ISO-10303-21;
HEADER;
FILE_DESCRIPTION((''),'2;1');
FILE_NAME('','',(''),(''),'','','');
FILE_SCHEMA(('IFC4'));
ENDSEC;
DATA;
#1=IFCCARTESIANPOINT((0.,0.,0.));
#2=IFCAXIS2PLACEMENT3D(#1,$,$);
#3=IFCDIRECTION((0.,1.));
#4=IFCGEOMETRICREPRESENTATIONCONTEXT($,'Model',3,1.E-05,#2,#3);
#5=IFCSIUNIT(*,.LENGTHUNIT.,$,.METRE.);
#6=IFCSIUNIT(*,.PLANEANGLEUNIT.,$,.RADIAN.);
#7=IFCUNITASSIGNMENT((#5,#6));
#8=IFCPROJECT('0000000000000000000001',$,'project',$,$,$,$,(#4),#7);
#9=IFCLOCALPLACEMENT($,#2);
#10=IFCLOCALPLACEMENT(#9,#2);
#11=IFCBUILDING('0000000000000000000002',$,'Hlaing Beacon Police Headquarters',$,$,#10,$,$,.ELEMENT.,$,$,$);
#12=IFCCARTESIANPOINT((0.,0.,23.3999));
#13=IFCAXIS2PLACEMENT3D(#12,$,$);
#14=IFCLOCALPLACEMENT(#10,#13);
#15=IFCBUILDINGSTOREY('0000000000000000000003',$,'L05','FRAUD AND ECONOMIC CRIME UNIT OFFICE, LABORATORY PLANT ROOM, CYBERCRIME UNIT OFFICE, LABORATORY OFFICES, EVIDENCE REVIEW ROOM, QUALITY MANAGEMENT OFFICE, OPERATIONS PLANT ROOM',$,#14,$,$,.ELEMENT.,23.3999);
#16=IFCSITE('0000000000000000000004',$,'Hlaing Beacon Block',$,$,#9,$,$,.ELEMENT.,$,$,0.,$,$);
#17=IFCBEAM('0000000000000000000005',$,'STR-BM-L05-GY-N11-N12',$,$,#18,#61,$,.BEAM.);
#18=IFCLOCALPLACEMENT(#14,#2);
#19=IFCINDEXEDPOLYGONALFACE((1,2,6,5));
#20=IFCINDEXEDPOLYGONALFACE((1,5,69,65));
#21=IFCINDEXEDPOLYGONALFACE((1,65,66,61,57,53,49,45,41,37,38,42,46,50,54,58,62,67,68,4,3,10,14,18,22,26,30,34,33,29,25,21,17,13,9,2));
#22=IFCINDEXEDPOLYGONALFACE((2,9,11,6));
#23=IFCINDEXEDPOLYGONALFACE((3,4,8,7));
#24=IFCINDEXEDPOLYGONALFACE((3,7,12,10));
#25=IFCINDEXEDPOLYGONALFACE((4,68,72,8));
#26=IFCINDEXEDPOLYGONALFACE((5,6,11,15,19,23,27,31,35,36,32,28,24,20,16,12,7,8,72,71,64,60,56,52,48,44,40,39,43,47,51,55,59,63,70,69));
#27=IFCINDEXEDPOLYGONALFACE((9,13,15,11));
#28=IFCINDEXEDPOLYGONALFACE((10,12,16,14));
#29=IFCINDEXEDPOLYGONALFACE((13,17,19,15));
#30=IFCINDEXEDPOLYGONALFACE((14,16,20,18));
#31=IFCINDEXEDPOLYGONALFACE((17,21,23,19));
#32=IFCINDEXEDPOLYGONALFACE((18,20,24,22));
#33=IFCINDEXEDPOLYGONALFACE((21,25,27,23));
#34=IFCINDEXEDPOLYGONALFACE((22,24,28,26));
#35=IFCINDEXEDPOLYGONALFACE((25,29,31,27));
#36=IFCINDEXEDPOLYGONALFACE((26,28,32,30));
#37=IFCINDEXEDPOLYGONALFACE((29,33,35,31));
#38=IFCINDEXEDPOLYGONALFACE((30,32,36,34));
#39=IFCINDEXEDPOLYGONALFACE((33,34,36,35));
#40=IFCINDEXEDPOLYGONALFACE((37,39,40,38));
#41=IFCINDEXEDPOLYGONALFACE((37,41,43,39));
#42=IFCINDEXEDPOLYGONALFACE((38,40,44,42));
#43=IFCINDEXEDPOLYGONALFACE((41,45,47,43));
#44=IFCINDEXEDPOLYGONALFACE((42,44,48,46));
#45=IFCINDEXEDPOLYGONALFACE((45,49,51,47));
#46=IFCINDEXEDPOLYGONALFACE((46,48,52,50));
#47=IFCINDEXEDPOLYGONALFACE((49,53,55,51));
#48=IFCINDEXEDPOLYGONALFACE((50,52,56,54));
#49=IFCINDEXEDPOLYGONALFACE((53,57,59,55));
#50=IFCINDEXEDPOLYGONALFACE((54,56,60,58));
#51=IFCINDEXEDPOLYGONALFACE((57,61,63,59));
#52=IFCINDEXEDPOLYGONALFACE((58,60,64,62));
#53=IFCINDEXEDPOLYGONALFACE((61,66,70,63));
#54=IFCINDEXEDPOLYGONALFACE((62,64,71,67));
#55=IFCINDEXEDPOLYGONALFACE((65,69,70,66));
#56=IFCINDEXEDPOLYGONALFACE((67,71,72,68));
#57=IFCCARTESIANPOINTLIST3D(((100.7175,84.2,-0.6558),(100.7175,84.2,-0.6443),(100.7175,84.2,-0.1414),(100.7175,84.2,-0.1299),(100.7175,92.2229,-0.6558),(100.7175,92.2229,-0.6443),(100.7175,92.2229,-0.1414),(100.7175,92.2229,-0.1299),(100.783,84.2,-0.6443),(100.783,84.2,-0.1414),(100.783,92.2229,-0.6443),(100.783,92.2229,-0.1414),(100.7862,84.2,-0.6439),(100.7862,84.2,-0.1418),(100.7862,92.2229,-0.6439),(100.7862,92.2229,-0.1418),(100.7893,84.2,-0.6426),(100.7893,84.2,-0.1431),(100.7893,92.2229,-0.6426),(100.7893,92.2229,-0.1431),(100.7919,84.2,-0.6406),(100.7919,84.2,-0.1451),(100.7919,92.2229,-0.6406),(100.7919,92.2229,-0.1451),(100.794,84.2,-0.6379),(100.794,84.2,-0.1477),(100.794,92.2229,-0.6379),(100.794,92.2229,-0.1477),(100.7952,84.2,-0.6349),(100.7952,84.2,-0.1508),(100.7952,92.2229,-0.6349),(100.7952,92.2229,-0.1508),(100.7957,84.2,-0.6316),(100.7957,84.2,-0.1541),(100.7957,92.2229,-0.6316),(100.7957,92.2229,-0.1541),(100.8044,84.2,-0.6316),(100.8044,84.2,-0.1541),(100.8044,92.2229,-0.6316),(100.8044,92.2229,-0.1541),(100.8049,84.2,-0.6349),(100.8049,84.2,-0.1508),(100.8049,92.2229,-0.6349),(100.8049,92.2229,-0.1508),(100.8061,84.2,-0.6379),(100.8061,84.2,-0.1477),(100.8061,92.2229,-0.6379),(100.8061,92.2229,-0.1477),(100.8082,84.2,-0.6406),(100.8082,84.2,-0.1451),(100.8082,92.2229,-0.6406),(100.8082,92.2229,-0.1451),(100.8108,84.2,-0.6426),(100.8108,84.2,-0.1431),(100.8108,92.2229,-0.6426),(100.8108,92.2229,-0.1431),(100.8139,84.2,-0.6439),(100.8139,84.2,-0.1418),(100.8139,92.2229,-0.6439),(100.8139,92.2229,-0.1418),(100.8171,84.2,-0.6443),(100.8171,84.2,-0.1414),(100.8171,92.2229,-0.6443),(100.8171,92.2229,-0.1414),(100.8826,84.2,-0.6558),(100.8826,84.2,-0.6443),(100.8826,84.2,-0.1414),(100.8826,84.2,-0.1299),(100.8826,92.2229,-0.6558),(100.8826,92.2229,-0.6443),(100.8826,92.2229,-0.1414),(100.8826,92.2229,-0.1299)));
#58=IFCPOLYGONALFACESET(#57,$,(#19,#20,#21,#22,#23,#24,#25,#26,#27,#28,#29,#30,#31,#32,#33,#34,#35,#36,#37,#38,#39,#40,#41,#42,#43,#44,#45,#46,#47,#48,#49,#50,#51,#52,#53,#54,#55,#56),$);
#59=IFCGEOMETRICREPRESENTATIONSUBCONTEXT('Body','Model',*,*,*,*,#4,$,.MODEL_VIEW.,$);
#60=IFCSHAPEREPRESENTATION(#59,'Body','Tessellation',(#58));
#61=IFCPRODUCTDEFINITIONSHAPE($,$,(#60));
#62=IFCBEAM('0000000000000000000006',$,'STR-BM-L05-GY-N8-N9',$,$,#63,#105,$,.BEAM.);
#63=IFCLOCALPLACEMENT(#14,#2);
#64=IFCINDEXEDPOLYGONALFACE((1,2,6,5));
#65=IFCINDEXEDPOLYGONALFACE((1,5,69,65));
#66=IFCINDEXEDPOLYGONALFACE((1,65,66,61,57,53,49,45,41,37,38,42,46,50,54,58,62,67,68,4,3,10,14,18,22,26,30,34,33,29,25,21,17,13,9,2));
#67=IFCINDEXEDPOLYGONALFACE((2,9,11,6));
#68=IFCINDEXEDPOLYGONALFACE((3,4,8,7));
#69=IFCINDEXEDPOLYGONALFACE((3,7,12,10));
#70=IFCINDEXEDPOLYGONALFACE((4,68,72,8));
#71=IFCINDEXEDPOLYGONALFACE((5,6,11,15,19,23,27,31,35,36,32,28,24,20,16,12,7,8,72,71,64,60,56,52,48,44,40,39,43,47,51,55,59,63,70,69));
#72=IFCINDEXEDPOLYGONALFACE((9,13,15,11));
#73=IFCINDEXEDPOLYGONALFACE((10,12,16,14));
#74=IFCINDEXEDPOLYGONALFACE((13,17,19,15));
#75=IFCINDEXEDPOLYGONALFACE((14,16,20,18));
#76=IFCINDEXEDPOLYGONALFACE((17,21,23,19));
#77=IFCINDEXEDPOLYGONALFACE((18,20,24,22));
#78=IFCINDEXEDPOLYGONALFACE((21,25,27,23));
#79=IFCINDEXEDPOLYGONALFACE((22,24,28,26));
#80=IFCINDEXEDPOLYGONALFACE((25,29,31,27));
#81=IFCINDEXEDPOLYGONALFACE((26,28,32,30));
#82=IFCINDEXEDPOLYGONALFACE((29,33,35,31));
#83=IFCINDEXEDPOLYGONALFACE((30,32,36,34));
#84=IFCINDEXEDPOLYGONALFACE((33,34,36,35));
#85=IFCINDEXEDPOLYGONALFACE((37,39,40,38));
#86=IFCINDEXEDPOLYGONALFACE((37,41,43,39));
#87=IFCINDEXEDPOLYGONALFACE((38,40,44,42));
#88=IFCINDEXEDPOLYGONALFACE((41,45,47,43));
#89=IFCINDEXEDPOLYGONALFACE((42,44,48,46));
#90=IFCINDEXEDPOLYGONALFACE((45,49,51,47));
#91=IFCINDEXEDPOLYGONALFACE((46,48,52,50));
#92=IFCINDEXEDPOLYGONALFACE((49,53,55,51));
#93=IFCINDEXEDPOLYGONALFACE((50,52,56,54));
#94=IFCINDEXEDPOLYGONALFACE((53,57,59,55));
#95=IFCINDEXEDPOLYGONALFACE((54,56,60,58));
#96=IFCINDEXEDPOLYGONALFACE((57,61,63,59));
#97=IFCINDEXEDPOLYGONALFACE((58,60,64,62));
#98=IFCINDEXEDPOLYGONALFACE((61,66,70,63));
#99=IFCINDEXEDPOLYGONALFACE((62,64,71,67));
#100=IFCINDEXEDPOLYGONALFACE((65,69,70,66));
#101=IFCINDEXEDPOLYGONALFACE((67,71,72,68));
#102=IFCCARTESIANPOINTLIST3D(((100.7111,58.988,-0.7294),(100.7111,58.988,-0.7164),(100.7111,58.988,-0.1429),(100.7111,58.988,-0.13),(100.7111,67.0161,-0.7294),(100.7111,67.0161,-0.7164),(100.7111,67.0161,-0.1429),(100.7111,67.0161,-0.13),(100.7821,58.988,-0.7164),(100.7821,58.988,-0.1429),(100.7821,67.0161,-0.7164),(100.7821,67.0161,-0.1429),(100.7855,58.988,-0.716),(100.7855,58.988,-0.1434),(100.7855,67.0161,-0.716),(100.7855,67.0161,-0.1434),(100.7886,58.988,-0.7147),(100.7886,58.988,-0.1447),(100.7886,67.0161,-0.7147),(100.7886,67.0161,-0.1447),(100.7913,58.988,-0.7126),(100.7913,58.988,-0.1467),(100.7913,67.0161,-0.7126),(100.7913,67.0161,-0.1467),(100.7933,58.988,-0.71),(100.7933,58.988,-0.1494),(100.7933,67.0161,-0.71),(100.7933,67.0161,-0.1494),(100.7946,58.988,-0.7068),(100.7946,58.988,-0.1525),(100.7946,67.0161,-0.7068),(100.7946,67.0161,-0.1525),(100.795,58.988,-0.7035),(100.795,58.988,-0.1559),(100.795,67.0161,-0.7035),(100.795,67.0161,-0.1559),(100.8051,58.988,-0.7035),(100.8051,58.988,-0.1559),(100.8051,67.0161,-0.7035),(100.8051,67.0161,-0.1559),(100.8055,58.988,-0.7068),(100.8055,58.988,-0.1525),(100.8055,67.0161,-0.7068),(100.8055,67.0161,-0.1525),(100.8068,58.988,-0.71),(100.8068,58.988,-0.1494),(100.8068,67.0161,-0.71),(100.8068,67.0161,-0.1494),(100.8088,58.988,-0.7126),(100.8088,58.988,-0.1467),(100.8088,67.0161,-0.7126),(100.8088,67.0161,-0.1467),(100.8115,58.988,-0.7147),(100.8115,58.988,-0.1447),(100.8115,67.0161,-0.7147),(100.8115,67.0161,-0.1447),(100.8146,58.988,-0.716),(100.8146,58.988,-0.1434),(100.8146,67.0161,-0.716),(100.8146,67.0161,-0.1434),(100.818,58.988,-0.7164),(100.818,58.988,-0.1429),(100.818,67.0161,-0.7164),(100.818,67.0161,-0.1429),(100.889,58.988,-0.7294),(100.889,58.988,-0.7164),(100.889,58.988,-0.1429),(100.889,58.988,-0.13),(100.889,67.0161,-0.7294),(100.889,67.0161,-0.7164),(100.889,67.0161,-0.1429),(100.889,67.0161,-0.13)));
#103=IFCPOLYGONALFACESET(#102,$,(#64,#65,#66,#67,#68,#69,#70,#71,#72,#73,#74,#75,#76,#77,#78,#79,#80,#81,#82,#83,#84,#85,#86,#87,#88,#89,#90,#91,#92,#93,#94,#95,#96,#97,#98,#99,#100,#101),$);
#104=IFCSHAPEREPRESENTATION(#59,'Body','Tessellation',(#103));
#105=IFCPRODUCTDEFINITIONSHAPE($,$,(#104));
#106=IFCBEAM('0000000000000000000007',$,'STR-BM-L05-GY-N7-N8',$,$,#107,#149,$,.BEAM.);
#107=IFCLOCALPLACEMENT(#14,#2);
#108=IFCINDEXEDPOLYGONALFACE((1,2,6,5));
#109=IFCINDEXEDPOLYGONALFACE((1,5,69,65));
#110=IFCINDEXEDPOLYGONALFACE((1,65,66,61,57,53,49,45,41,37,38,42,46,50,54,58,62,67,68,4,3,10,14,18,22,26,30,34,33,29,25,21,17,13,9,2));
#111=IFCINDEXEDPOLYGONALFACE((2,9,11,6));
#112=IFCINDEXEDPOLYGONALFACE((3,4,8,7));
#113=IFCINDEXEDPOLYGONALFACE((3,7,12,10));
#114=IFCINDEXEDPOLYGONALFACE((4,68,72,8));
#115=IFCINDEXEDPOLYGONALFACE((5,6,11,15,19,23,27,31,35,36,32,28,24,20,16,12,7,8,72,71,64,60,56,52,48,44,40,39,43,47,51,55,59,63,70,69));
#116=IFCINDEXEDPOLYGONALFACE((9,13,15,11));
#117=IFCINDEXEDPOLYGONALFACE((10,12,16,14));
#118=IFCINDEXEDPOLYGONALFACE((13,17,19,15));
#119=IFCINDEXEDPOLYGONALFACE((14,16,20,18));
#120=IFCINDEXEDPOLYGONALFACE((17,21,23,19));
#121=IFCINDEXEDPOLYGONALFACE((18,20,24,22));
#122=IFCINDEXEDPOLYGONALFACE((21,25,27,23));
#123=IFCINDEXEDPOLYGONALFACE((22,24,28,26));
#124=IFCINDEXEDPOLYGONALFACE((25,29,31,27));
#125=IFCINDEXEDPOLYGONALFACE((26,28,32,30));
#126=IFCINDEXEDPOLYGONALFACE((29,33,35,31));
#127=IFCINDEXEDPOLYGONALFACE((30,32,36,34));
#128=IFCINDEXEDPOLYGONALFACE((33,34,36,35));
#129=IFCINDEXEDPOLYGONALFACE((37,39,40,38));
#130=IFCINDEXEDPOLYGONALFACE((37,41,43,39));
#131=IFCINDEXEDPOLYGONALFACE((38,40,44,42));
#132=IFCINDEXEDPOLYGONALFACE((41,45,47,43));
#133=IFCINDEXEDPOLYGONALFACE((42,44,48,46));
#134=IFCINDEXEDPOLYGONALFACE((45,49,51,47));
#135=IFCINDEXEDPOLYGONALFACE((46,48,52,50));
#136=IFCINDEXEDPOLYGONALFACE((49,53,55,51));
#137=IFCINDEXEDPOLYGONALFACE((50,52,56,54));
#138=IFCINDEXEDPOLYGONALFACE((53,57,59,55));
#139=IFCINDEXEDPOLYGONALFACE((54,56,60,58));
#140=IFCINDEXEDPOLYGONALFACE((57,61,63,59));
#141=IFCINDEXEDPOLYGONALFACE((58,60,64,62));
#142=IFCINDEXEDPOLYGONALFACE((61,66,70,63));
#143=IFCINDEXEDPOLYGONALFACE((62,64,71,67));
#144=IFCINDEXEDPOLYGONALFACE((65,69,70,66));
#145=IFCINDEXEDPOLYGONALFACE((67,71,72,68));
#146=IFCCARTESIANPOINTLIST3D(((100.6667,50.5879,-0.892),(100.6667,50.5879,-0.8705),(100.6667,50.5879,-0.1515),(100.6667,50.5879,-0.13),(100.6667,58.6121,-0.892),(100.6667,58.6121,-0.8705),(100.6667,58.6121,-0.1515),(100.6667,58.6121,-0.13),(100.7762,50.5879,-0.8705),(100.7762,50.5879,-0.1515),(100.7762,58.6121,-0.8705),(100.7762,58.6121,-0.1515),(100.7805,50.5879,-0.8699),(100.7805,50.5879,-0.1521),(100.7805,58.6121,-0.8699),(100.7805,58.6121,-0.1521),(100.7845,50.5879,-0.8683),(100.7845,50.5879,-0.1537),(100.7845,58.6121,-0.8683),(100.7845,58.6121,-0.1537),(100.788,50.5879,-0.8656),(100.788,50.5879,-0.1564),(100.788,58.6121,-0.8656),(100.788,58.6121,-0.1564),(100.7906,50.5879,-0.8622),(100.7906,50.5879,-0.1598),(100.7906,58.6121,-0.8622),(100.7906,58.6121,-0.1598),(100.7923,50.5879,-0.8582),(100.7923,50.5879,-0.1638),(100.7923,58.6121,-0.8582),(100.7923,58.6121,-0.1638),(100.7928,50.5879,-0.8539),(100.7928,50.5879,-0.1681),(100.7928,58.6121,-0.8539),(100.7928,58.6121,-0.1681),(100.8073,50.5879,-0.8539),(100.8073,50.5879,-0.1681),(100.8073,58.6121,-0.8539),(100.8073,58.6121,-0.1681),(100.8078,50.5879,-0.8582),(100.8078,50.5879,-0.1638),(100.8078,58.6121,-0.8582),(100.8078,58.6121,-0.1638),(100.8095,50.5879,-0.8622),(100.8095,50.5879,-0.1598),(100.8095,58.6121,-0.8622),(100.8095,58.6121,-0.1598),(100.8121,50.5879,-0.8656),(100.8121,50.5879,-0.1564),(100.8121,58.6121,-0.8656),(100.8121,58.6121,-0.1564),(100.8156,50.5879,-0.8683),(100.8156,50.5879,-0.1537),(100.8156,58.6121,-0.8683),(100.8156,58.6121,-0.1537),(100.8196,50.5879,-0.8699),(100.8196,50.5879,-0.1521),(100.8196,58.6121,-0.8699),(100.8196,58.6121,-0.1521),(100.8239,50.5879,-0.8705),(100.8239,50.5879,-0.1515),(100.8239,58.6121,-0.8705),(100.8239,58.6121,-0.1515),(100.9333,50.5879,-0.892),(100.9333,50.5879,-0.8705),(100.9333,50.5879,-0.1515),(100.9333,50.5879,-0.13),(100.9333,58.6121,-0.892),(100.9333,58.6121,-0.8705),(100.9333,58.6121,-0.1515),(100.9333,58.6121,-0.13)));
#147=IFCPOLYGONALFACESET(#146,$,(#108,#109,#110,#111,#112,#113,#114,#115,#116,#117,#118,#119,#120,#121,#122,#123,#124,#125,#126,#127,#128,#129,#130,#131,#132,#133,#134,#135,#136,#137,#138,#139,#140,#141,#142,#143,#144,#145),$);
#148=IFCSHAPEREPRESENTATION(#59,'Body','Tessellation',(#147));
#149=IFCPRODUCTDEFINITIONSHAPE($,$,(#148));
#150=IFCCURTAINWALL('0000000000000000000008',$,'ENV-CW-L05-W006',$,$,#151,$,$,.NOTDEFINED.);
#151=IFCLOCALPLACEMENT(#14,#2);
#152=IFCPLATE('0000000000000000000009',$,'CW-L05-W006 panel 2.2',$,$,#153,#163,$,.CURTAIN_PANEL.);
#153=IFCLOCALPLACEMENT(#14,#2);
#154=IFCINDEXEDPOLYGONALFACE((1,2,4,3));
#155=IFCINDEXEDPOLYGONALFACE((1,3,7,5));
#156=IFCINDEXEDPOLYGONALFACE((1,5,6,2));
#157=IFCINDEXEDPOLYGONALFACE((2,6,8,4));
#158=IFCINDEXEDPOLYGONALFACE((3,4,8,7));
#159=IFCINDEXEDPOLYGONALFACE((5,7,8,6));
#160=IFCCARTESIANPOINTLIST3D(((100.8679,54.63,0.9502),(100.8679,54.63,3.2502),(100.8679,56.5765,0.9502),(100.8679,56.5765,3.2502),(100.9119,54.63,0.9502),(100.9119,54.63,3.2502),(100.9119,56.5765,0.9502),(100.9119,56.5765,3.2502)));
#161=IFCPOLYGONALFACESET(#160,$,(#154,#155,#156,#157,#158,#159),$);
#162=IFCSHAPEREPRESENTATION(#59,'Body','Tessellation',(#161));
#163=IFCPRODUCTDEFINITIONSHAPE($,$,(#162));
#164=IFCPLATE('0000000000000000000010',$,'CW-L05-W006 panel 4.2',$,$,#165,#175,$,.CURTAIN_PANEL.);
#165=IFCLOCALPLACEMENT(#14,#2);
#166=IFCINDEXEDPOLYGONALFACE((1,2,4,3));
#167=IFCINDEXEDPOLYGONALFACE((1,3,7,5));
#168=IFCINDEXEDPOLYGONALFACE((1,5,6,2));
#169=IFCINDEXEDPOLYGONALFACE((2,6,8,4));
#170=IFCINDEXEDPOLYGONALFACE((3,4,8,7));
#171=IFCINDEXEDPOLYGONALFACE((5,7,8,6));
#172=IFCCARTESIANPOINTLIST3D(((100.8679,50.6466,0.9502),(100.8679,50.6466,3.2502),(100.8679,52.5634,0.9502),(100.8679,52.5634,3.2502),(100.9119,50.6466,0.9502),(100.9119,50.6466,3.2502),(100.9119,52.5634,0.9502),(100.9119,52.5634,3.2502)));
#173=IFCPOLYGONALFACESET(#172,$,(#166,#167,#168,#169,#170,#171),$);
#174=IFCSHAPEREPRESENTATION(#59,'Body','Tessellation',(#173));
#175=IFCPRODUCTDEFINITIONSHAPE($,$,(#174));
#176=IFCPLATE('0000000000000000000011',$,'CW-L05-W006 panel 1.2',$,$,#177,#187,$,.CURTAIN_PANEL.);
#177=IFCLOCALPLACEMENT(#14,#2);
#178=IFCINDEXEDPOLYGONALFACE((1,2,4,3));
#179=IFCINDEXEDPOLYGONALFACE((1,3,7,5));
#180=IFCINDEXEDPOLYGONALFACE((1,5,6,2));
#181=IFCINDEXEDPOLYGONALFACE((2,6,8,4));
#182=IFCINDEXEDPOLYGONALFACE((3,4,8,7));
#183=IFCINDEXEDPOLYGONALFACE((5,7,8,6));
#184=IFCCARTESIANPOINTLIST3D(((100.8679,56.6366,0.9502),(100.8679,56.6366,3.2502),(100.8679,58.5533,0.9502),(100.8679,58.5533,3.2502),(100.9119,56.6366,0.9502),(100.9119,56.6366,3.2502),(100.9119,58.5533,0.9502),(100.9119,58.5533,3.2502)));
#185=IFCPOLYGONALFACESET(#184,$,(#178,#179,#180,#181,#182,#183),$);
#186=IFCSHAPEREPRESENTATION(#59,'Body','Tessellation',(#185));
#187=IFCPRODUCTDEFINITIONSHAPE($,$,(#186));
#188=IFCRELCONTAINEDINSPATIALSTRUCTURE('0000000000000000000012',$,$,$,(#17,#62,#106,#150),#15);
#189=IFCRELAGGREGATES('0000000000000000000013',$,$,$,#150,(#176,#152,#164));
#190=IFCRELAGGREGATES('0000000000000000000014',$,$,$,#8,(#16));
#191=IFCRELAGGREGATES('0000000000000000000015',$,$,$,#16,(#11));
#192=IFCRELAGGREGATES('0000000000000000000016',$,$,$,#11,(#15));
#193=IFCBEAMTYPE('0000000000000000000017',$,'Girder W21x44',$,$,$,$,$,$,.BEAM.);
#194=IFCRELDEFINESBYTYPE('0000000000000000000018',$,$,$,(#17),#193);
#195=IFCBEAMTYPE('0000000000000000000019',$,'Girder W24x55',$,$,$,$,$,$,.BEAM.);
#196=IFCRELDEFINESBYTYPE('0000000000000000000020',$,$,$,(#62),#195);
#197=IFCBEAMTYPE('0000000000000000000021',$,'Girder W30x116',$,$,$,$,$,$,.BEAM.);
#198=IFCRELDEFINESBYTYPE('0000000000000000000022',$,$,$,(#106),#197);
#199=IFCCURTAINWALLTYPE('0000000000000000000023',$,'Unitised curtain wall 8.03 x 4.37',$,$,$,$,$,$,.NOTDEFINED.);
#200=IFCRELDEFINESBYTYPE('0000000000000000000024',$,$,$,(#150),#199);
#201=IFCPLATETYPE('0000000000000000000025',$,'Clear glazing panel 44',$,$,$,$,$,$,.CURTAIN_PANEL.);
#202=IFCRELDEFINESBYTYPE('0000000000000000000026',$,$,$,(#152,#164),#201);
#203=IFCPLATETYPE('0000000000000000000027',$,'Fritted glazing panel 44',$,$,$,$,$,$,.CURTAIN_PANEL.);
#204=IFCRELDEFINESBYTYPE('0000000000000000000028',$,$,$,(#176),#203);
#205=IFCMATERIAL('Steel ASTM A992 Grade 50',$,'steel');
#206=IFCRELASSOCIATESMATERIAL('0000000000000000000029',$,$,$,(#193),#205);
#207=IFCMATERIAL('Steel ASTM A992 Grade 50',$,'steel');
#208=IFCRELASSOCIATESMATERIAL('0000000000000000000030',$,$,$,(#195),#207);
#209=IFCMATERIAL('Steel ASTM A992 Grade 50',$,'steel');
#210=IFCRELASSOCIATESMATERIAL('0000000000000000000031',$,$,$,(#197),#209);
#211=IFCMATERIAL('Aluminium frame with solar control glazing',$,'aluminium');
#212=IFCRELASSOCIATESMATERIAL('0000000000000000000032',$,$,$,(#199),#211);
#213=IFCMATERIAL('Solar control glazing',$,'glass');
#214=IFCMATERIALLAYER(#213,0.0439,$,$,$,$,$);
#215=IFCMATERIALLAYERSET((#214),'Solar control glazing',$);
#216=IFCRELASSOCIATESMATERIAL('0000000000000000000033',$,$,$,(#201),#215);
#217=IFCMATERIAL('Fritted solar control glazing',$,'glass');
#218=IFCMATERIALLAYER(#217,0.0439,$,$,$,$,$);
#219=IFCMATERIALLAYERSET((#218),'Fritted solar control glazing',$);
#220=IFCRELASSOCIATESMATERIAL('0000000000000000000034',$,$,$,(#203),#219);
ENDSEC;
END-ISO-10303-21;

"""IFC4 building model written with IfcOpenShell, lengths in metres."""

from ifc_helpers import new_model, si_unit, direction, frame, origin, origin_2d, place, context, subcontext, project, spatial, rectangle, i_section, extrude, material, layer, layer_set, material_profile, profile_set, type_object, element, aggregate, save


model = new_model("IFC4")

# Units and contexts
model_context = context("Model", 3, precision=1e-05, world=origin(), true_north=direction((0.0, 1.0)))
body_context = subcontext(model_context, "Body", "Model", "MODEL_VIEW")
ifc_project = project(units=[si_unit("LENGTHUNIT", "METRE"), si_unit("PLANEANGLEUNIT", "RADIAN")], contexts=[model_context])

# Site, building, storey
site_placement = place(None, origin())
site = spatial("IfcSite", under=ifc_project, at=site_placement, Name="Hlaing Beacon Block", CompositionType="ELEMENT", RefElevation=0.0)
building_placement = place(site_placement, origin())
building = spatial("IfcBuilding", under=site, at=building_placement, Name="Hlaing Beacon Police Headquarters", CompositionType="ELEMENT")
storey_placement = place(building_placement, frame((0.0, 0.0, 23.3999)))
storey = spatial("IfcBuildingStorey", under=building, at=storey_placement, Name="L05", Description="FRAUD AND ECONOMIC CRIME UNIT OFFICE, LABORATORY PLANT ROOM, CYBERCRIME UNIT OFFICE, LABORATORY OFFICES, EVIDENCE REVIEW ROOM, QUALITY MANAGEMENT OFFICE, OPERATIONS PLANT ROOM", CompositionType="ELEMENT", Elevation=23.3999)

# Beams
ifc_material_1 = material(Name="Steel ASTM A992 Grade 50", Category="steel")
ifc_material_profile_1 = material_profile(ifc_material_1, i_section(OverallWidth=0.165, OverallDepth=0.5259, WebThickness=0.0088, FlangeThickness=0.0115, FilletRadius=0.0127, at=origin_2d()), Name="W21x44")
ifc_profile_set_1 = profile_set([ifc_material_profile_1], Name="Steel ASTM A992 Grade 50")
beam_type_1 = type_object("IfcBeamType", Name="Girder W21x44", PredefinedType="BEAM", material=ifc_profile_set_1)
beam_1_placement = place(storey_placement, frame((100.8, 84.2, -0.3928), z_axis=(0.0, 1.0, 0.0), x_axis=(-1.0, 0.0, 0.0)))
element("IfcBeam", 1, at=beam_1_placement, inside=storey, type_object=beam_type_1, Name="STR-BM-L05-GY-N11-N12", PredefinedType="BEAM", context=body_context, shape_type="SweptSolid", body=[
    extrude(i_section(OverallWidth=0.165, OverallDepth=0.5259, WebThickness=0.0088, FlangeThickness=0.0115, FilletRadius=0.0127, at=origin_2d()), origin(), (0.0, 0.0, 1.0), 8.0229),
])
ifc_material_2 = material(Name="Steel ASTM A992 Grade 50", Category="steel")
ifc_material_profile_2 = material_profile(ifc_material_2, i_section(OverallWidth=0.178, OverallDepth=0.5994, WebThickness=0.01, FlangeThickness=0.0129, FilletRadius=0.0129, at=origin_2d()), Name="W24x55")
ifc_profile_set_2 = profile_set([ifc_material_profile_2], Name="Steel ASTM A992 Grade 50")
beam_type_2 = type_object("IfcBeamType", Name="Girder W24x55", PredefinedType="BEAM", material=ifc_profile_set_2)
beam_2_placement = place(storey_placement, frame((100.8, 58.988, -0.4297), z_axis=(0.0, 1.0, 0.0), x_axis=(-1.0, 0.0, 0.0)))
element("IfcBeam", 2, at=beam_2_placement, inside=storey, type_object=beam_type_2, Name="STR-BM-L05-GY-N8-N9", PredefinedType="BEAM", context=body_context, shape_type="SweptSolid", body=[
    extrude(i_section(OverallWidth=0.178, OverallDepth=0.5994, WebThickness=0.01, FlangeThickness=0.0129, FilletRadius=0.0129, at=origin_2d()), origin(), (0.0, 0.0, 1.0), 8.0281),
])
ifc_material_3 = material(Name="Steel ASTM A992 Grade 50", Category="steel")
ifc_material_profile_3 = material_profile(ifc_material_3, i_section(OverallWidth=0.2666, OverallDepth=0.762, WebThickness=0.0144, FlangeThickness=0.0215, FilletRadius=0.0166, at=origin_2d()), Name="W30x116")
ifc_profile_set_3 = profile_set([ifc_material_profile_3], Name="Steel ASTM A992 Grade 50")
beam_type_3 = type_object("IfcBeamType", Name="Girder W30x116", PredefinedType="BEAM", material=ifc_profile_set_3)
beam_3_placement = place(storey_placement, frame((100.8, 50.5879, -0.511), z_axis=(0.0, 1.0, 0.0), x_axis=(-1.0, 0.0, 0.0)))
element("IfcBeam", 3, at=beam_3_placement, inside=storey, type_object=beam_type_3, Name="STR-BM-L05-GY-N7-N8", PredefinedType="BEAM", context=body_context, shape_type="SweptSolid", body=[
    extrude(i_section(OverallWidth=0.2666, OverallDepth=0.762, WebThickness=0.0144, FlangeThickness=0.0215, FilletRadius=0.0166, at=origin_2d()), origin(), (0.0, 0.0, 1.0), 8.0242),
])

# Curtain wall, plates
ifc_material_4 = material(Name="Aluminium frame with solar control glazing", Category="aluminium")
curtain_wall_type = type_object("IfcCurtainWallType", Name="Unitised curtain wall 8.03 x 4.37", PredefinedType="NOTDEFINED", material=ifc_material_4)
curtain_wall_placement = place(storey_placement, origin())
curtain_wall = element("IfcCurtainWall", 4, at=curtain_wall_placement, inside=storey, type_object=curtain_wall_type, Name="ENV-CW-L05-W006", PredefinedType="NOTDEFINED")
ifc_material_5 = material(Name="Solar control glazing", Category="glass")
ifc_layer_1 = layer(ifc_material_5, 0.0439)
ifc_layer_set_1 = layer_set([ifc_layer_1], Name="Solar control glazing")
plate_type_1 = type_object("IfcPlateType", Name="Clear glazing panel 44", PredefinedType="CURTAIN_PANEL", material=ifc_layer_set_1)
plate_1_placement = place(storey_placement, frame((100.8899, 55.6033, 0.9502), z_axis=(0.0, 0.0, 1.0), x_axis=(0.0, -1.0, 0.0)))
plate_1 = element("IfcPlate", 5, at=plate_1_placement, type_object=plate_type_1, Name="CW-L05-W006 panel 2.2", PredefinedType="CURTAIN_PANEL", context=body_context, shape_type="SweptSolid", body=[
    extrude(rectangle(XDim=1.9465, YDim=0.0439, at=origin_2d()), origin(), (0.0, 0.0, 1.0), 2.3),
])
plate_2_placement = place(storey_placement, frame((100.8899, 51.605, 0.9502), z_axis=(0.0, 0.0, 1.0), x_axis=(0.0, -1.0, 0.0)))
plate_2 = element("IfcPlate", 6, at=plate_2_placement, type_object=plate_type_1, Name="CW-L05-W006 panel 4.2", PredefinedType="CURTAIN_PANEL", context=body_context, shape_type="SweptSolid", body=[
    extrude(rectangle(XDim=1.9167, YDim=0.0439, at=origin_2d()), origin(), (0.0, 0.0, 1.0), 2.3),
])
ifc_material_6 = material(Name="Fritted solar control glazing", Category="glass")
ifc_layer_2 = layer(ifc_material_6, 0.0439)
ifc_layer_set_2 = layer_set([ifc_layer_2], Name="Fritted solar control glazing")
plate_type_2 = type_object("IfcPlateType", Name="Fritted glazing panel 44", PredefinedType="CURTAIN_PANEL", material=ifc_layer_set_2)
plate_3_placement = place(storey_placement, frame((100.8899, 57.595, 0.9502), z_axis=(0.0, 0.0, 1.0), x_axis=(0.0, -1.0, 0.0)))
plate_3 = element("IfcPlate", 7, at=plate_3_placement, type_object=plate_type_2, Name="CW-L05-W006 panel 1.2", PredefinedType="CURTAIN_PANEL", context=body_context, shape_type="SweptSolid", body=[
    extrude(rectangle(XDim=1.9167, YDim=0.0439, at=origin_2d()), origin(), (0.0, 0.0, 1.0), 2.3),
])
aggregate(curtain_wall, [plate_3, plate_1, plate_2])

save(model, "model.ifc")
